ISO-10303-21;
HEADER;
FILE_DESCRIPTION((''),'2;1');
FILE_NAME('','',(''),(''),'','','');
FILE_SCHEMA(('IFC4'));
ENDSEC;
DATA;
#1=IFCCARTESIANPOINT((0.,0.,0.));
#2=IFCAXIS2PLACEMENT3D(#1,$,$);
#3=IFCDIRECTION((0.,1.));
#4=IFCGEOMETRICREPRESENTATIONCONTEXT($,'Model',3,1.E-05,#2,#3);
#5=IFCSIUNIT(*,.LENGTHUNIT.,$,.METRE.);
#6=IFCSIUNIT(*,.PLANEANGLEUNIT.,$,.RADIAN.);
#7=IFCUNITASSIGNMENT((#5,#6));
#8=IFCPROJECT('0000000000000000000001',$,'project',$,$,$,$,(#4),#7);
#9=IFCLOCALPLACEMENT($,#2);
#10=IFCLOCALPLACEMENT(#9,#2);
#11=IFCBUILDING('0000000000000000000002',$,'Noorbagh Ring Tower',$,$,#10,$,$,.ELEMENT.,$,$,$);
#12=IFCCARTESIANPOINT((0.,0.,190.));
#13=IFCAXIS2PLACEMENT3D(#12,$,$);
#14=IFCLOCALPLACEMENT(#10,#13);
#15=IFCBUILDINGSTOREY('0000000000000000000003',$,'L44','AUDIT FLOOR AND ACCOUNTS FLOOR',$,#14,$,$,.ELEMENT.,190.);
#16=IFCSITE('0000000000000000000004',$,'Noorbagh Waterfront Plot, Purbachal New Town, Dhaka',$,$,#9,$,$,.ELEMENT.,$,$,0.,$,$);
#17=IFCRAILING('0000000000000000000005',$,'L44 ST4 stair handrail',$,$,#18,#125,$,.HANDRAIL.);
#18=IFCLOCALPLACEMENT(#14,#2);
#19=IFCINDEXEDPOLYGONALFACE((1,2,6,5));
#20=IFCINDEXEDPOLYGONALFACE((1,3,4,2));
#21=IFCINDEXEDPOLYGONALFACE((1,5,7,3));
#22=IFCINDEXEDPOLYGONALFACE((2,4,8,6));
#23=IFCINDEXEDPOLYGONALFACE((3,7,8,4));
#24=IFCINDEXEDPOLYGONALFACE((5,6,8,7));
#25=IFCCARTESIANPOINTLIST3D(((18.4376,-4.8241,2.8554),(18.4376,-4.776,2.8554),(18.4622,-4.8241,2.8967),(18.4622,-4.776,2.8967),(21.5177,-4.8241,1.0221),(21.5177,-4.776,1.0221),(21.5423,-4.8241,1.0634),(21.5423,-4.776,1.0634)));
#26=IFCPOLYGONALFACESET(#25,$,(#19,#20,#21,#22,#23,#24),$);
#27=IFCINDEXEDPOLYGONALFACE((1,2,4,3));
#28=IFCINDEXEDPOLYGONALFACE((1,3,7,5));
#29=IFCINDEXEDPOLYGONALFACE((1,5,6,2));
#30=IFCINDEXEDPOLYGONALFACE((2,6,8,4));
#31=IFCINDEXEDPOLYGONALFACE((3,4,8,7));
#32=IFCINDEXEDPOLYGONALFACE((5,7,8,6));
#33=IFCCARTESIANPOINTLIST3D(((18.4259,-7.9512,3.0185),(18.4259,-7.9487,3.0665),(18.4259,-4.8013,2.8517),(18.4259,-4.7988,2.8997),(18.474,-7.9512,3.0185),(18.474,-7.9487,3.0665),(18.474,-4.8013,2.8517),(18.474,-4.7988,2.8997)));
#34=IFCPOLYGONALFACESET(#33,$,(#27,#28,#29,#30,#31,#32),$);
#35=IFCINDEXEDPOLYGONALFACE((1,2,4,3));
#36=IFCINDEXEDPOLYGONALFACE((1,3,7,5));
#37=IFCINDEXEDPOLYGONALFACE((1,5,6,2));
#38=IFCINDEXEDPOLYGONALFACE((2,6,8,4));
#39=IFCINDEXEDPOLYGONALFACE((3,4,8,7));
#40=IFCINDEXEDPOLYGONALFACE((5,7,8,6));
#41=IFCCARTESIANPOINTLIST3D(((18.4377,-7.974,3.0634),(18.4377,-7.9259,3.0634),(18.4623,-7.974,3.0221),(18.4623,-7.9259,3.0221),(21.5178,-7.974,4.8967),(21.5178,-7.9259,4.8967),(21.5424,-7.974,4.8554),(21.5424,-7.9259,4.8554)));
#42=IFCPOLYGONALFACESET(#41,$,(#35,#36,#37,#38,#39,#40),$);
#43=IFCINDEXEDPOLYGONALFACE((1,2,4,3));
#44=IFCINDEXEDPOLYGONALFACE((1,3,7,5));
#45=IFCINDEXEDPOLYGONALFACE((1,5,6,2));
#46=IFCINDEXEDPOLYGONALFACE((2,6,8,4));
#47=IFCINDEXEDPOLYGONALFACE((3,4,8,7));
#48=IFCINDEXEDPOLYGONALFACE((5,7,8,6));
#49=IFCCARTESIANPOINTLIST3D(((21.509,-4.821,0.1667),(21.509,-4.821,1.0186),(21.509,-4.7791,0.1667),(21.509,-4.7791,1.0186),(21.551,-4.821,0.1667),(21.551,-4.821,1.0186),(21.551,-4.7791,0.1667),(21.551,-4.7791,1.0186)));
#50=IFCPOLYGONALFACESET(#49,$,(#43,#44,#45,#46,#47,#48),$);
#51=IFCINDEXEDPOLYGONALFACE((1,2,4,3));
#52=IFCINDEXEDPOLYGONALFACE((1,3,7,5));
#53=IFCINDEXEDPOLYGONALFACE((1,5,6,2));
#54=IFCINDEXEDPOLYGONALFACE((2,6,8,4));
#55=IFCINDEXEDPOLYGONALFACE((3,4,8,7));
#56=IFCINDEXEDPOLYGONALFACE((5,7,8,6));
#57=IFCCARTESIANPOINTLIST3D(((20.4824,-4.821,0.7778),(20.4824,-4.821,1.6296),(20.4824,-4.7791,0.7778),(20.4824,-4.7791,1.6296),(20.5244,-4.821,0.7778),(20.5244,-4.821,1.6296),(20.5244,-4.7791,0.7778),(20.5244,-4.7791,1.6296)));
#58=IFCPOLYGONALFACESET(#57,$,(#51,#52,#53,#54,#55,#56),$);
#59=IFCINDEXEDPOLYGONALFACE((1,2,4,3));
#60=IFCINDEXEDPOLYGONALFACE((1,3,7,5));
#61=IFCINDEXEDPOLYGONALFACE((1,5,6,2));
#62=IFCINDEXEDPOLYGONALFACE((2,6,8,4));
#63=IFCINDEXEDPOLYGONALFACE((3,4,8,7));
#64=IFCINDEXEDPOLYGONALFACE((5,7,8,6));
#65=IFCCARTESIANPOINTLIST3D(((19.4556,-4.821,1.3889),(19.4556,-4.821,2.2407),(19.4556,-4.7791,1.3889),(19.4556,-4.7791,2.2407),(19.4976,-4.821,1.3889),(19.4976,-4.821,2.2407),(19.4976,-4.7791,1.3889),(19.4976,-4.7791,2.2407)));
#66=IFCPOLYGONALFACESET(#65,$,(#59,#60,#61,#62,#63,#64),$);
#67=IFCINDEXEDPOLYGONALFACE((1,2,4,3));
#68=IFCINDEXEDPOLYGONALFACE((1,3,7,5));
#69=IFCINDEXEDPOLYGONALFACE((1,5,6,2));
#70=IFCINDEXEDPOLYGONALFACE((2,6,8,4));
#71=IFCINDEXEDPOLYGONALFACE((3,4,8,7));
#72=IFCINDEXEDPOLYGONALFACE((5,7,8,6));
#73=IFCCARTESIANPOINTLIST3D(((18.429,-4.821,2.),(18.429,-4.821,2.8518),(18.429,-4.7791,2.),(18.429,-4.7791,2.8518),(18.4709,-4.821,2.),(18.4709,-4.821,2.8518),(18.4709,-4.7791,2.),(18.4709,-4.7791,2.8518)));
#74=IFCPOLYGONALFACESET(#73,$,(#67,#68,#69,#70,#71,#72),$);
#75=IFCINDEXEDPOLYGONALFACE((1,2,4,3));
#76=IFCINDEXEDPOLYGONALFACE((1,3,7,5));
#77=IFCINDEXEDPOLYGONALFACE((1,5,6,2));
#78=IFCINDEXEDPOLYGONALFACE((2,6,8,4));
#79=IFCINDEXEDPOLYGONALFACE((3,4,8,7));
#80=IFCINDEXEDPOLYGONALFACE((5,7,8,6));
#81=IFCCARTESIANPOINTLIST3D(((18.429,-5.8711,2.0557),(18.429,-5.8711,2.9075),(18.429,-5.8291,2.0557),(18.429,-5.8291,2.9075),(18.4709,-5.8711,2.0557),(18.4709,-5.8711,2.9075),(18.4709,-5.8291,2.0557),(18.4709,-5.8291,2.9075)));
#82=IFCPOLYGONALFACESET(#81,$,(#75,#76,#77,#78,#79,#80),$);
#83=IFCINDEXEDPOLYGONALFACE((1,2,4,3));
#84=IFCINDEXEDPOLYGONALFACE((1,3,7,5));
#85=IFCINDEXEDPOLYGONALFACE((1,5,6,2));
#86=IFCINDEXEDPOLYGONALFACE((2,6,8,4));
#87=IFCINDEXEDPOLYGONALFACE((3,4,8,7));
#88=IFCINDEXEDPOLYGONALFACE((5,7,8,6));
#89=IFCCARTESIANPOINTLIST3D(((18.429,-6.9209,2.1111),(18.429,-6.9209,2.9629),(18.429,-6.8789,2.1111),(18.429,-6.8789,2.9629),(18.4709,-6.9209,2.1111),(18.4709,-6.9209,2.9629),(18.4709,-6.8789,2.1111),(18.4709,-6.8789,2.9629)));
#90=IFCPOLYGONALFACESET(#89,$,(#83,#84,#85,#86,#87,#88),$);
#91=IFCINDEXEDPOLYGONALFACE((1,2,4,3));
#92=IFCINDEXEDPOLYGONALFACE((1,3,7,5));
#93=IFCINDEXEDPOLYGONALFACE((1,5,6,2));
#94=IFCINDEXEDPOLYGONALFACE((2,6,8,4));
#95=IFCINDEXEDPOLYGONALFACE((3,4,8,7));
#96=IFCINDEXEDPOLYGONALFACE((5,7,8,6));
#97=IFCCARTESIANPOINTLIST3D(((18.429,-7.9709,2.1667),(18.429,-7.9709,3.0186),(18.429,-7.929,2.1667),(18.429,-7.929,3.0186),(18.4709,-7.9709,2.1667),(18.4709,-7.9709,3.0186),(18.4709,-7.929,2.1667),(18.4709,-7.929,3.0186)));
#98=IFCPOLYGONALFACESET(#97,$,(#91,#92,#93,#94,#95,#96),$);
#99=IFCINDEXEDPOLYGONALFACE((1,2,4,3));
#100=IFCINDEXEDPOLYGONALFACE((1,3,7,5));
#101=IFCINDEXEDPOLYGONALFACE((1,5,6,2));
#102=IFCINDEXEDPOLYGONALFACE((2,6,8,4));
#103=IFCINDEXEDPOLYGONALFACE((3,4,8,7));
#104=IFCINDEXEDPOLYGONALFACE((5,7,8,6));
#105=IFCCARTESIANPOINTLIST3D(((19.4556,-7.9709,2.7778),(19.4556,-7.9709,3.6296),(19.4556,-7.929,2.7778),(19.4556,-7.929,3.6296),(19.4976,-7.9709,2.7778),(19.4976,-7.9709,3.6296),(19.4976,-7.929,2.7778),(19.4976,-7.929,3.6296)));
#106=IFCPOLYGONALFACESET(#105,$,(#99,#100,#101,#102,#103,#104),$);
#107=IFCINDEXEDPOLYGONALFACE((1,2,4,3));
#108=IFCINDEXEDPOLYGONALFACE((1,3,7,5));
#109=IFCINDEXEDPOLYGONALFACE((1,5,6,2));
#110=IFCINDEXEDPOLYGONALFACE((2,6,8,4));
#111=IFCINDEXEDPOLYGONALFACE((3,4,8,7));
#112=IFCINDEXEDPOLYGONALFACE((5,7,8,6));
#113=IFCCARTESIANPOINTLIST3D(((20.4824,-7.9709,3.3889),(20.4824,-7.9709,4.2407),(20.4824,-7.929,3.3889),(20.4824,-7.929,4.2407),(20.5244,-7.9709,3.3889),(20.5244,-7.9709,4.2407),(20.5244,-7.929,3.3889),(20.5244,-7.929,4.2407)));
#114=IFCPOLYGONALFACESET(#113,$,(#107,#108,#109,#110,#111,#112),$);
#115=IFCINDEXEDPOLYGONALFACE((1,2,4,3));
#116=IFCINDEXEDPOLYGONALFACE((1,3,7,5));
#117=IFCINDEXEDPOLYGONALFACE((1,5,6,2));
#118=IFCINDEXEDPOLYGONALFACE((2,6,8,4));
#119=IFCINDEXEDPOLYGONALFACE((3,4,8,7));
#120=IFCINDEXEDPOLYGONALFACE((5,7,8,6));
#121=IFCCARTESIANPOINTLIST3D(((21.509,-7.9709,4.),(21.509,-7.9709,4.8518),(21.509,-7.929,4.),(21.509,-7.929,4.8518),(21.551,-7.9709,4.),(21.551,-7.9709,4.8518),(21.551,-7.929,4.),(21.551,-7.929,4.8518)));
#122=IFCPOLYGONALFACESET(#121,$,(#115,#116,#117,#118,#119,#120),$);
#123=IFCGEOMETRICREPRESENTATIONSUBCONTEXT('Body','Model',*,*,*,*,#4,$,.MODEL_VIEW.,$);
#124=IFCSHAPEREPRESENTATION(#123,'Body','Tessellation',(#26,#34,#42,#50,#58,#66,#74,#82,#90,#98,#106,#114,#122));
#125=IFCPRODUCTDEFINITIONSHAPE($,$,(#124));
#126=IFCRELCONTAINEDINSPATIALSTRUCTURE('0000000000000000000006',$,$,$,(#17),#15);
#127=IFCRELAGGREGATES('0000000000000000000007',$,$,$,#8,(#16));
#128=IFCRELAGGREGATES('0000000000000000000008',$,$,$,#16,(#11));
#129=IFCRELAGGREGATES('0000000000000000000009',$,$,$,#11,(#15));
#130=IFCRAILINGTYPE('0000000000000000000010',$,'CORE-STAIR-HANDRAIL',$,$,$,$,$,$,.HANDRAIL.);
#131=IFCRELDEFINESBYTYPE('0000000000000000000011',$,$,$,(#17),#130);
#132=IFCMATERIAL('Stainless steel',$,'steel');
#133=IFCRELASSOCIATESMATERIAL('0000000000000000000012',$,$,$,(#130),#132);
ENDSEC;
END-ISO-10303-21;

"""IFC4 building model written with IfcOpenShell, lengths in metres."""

from ifc_helpers import new_model, si_unit, direction, frame, origin, origin_2d, place, context, subcontext, project, spatial, rectangle, extrude, material, type_object, element, save


model = new_model("IFC4")

# Units and contexts
model_context = context("Model", 3, precision=1e-05, world=origin(), true_north=direction((0.0, 1.0)))
body_context = subcontext(model_context, "Body", "Model", "MODEL_VIEW")
ifc_project = project(units=[si_unit("LENGTHUNIT", "METRE"), si_unit("PLANEANGLEUNIT", "RADIAN")], contexts=[model_context])

# Site, building, storey
site_placement = place(None, origin())
site = spatial("IfcSite", under=ifc_project, at=site_placement, Name="Noorbagh Waterfront Plot, Purbachal New Town, Dhaka", CompositionType="ELEMENT", RefElevation=0.0)
building_placement = place(site_placement, origin())
building = spatial("IfcBuilding", under=site, at=building_placement, Name="Noorbagh Ring Tower", CompositionType="ELEMENT")
storey_placement = place(building_placement, frame((0.0, 0.0, 190.0)))
storey = spatial("IfcBuildingStorey", under=building, at=storey_placement, Name="L44", Description="AUDIT FLOOR AND ACCOUNTS FLOOR", CompositionType="ELEMENT", Elevation=190.0)

# Railing
ifc_material_1 = material(Name="Stainless steel", Category="steel")
railing_type_1 = type_object("IfcRailingType", Name="CORE-STAIR-HANDRAIL", PredefinedType="HANDRAIL", material=ifc_material_1)
railing_1_placement = place(storey_placement, frame((21.53, -4.8, 0.1667)))
element("IfcRailing", 1, at=railing_1_placement, inside=storey, type_object=railing_type_1, Name="L44 ST4 stair handrail", PredefinedType="HANDRAIL", context=body_context, shape_type="SweptSolid", body=[
    extrude(rectangle(XDim=0.0481, YDim=0.0481, at=origin_2d()), frame((0.0, 0.0, 0.876), z_axis=(-0.859309, 0.0, 0.511458), x_axis=(0.0, -1.0, 0.0)), (0.0, 0.0, 1.0), 3.5845),
    extrude(rectangle(XDim=0.0481, YDim=0.0481, at=origin_2d()), frame((-3.0801, 0.0, 2.709), z_axis=(0.0, -0.998602, 0.052864), x_axis=(1.0, 0.0, 0.0)), (0.0, 0.0, 1.0), 3.1543),
    extrude(rectangle(XDim=0.0481, YDim=0.0481, at=origin_2d()), frame((-3.0801, -3.1499, 2.876), z_axis=(0.859309, 0.0, 0.511458), x_axis=(0.0, 1.0, 0.0)), (0.0, 0.0, 1.0), 3.5845),
    extrude(rectangle(XDim=0.042, YDim=0.042, at=origin_2d()), origin(), (0.0, 0.0, 1.0), 0.8518),
    extrude(rectangle(XDim=0.042, YDim=0.042, at=origin_2d()), frame((-1.0266, 0.0, 0.6111)), (0.0, 0.0, 1.0), 0.8518),
    extrude(rectangle(XDim=0.042, YDim=0.042, at=origin_2d()), frame((-2.0535, 0.0, 1.2222)), (0.0, 0.0, 1.0), 0.8518),
    extrude(rectangle(XDim=0.042, YDim=0.042, at=origin_2d()), frame((-3.0801, 0.0, 1.8333)), (0.0, 0.0, 1.0), 0.8518),
    extrude(rectangle(XDim=0.042, YDim=0.042, at=origin_2d()), frame((-3.0801, -1.05, 1.8889)), (0.0, 0.0, 1.0), 0.8518),
    extrude(rectangle(XDim=0.042, YDim=0.042, at=origin_2d()), frame((-3.0801, -2.0999, 1.9443)), (0.0, 0.0, 1.0), 0.8518),
    extrude(rectangle(XDim=0.042, YDim=0.042, at=origin_2d()), frame((-3.0801, -3.1499, 2.0)), (0.0, 0.0, 1.0), 0.8518),
    extrude(rectangle(XDim=0.042, YDim=0.042, at=origin_2d()), frame((-2.0535, -3.1499, 2.6111)), (0.0, 0.0, 1.0), 0.8518),
    extrude(rectangle(XDim=0.042, YDim=0.042, at=origin_2d()), frame((-1.0266, -3.1499, 3.2222)), (0.0, 0.0, 1.0), 0.8518),
    extrude(rectangle(XDim=0.042, YDim=0.042, at=origin_2d()), frame((0.0, -3.1499, 3.8333)), (0.0, 0.0, 1.0), 0.8518),
])

save(model, "model.ifc")
